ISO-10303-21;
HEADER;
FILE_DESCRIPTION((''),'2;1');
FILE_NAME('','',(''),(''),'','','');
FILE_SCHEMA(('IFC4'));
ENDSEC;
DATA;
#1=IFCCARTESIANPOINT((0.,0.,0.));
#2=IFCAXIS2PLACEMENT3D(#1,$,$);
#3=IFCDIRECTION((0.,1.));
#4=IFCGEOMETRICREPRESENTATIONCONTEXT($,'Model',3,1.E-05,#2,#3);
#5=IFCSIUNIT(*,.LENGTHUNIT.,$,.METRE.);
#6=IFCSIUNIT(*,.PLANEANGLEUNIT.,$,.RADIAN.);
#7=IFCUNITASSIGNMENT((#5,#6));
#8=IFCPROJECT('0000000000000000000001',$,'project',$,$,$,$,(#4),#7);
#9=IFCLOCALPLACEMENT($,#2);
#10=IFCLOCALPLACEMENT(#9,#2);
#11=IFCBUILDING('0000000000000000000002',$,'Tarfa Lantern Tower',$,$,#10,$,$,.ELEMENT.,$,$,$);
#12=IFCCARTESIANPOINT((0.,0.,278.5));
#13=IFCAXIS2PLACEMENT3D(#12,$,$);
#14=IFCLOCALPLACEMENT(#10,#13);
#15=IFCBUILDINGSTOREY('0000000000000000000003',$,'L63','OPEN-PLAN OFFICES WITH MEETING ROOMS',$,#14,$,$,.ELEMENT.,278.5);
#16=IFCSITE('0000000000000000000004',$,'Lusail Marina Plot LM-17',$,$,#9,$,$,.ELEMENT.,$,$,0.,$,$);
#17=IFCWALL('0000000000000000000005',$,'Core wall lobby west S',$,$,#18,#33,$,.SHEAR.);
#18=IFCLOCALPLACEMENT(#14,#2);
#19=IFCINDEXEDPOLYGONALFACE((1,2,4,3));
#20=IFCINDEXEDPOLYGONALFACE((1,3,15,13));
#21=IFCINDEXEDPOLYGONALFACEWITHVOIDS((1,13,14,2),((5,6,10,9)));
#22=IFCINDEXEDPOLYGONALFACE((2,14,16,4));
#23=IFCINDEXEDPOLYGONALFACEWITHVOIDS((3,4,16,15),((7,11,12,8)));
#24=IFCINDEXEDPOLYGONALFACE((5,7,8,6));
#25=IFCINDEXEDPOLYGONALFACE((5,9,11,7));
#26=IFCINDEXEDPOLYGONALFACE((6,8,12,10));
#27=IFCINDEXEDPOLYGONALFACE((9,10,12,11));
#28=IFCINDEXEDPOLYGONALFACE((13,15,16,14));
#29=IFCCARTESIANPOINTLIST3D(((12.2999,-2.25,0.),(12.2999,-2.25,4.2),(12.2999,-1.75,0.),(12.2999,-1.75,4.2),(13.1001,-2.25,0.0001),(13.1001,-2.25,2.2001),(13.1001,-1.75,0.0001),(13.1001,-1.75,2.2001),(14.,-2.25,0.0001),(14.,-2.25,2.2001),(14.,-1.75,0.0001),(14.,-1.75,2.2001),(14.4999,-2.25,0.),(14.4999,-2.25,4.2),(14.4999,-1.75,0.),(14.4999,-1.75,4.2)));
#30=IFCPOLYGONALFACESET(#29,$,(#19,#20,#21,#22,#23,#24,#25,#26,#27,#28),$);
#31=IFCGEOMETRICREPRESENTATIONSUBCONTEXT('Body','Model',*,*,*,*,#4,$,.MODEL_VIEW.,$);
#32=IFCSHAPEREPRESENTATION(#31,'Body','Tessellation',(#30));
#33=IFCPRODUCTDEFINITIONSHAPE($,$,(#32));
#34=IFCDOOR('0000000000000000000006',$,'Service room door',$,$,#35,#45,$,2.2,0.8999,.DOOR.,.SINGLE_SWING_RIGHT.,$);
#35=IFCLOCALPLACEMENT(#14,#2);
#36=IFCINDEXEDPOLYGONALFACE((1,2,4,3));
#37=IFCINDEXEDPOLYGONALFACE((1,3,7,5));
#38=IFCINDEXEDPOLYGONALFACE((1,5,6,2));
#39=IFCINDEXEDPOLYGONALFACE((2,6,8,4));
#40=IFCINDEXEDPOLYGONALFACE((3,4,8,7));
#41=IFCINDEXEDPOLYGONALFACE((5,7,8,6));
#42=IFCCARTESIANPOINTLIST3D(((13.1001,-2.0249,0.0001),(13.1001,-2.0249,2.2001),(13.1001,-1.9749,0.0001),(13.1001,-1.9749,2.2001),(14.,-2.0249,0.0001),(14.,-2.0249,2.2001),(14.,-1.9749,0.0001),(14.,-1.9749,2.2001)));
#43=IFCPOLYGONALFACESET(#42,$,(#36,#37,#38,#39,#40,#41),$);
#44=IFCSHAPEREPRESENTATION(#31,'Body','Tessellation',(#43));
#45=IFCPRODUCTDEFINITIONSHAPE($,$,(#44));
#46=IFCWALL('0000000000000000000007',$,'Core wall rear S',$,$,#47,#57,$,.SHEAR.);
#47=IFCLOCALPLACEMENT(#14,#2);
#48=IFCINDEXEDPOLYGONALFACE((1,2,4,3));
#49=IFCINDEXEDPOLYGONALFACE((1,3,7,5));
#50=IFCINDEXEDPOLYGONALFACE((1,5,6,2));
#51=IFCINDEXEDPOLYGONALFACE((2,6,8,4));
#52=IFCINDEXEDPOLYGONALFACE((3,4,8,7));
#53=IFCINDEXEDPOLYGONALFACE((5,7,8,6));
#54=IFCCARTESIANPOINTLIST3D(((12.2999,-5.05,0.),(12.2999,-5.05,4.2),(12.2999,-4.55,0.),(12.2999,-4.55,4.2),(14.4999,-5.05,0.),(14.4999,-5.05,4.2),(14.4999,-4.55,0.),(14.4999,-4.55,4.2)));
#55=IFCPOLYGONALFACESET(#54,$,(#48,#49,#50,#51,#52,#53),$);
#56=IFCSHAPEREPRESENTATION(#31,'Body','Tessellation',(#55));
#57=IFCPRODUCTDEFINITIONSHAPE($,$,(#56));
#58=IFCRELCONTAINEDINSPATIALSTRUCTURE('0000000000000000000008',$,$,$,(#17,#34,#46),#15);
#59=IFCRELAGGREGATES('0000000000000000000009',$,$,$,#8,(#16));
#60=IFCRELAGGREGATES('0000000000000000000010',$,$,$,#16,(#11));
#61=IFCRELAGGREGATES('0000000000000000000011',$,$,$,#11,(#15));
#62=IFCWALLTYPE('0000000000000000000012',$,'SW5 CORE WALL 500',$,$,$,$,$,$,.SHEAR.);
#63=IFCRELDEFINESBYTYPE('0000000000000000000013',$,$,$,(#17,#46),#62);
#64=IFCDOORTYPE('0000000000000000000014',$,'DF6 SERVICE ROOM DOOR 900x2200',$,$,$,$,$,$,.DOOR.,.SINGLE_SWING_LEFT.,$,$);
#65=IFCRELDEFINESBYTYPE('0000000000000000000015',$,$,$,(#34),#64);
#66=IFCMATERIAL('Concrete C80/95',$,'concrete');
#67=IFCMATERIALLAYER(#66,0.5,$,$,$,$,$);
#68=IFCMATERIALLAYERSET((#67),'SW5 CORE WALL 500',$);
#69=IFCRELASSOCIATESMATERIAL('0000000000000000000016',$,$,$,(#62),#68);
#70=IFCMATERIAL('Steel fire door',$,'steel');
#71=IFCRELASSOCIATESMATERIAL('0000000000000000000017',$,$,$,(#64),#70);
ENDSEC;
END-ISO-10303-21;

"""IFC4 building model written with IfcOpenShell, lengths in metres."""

from ifc_helpers import new_model, si_unit, direction, frame, frame_2d, origin, place, context, subcontext, project, spatial, rectangle, extrude, material, layer, layer_set, type_object, element, fill, save


model = new_model("IFC4")

# Units and contexts
model_context = context("Model", 3, precision=1e-05, world=origin(), true_north=direction((0.0, 1.0)))
body_context = subcontext(model_context, "Body", "Model", "MODEL_VIEW")
ifc_project = project(units=[si_unit("LENGTHUNIT", "METRE"), si_unit("PLANEANGLEUNIT", "RADIAN")], contexts=[model_context])

# Site, building, storey
site_placement = place(None, origin())
site = spatial("IfcSite", under=ifc_project, at=site_placement, Name="Lusail Marina Plot LM-17", CompositionType="ELEMENT", RefElevation=0.0)
building_placement = place(site_placement, origin())
building = spatial("IfcBuilding", under=site, at=building_placement, Name="Tarfa Lantern Tower", CompositionType="ELEMENT")
storey_placement = place(building_placement, frame((0.0, 0.0, 278.5)))
storey = spatial("IfcBuildingStorey", under=building, at=storey_placement, Name="L63", Description="OPEN-PLAN OFFICES WITH MEETING ROOMS", CompositionType="ELEMENT", Elevation=278.5)

# Wall, opening, door
ifc_material_1 = material(Name="Concrete C80/95", Category="concrete")
ifc_material_2 = material(Name="Steel fire door", Category="steel")
ifc_layer_1 = layer(ifc_material_1, 0.5)
ifc_layer_set_1 = layer_set([ifc_layer_1], Name="SW5 CORE WALL 500")
wall_type_1 = type_object("IfcWallType", Name="SW5 CORE WALL 500", PredefinedType="SHEAR", material=ifc_layer_set_1)
wall_1_placement = place(storey_placement, frame((14.5, -2.0, 0.0), z_axis=(0.0, 0.0, 1.0), x_axis=(-1.0, 0.0, 0.0)))
wall_1 = element("IfcWall", 1, at=wall_1_placement, inside=storey, type_object=wall_type_1, Name="Core wall lobby west S", PredefinedType="SHEAR", context=body_context, shape_type="SweptSolid", body=[
    extrude(rectangle(XDim=2.2, YDim=0.5, at=frame_2d((1.1001, 0.0))), origin(), (0.0, 0.0, 1.0), 4.2),
])
opening_1_placement = place(wall_1_placement, frame((0.5, 0.0, 0.0)))
opening_1 = element("IfcOpeningElement", 2, at=opening_1_placement, cuts=wall_1, PredefinedType="OPENING", context=body_context, shape_type="SweptSolid", body=[
    extrude(rectangle(XDim=0.8999, YDim=2.2, at=frame_2d((0.45, 1.1001))), frame((0.0, 0.26, 0.0), z_axis=(0.0, -1.0, 0.0), x_axis=(1.0, 0.0, 0.0)), (0.0, 0.0, 1.0), 0.52),
])
door_type_1 = type_object("IfcDoorType", Name="DF6 SERVICE ROOM DOOR 900x2200", OperationType="SINGLE_SWING_LEFT", PredefinedType="DOOR", material=ifc_material_2)
door_1_placement = place(opening_1_placement, origin())
door_1 = element("IfcDoor", 3, at=door_1_placement, inside=storey, type_object=door_type_1, Name="Service room door", OperationType="SINGLE_SWING_RIGHT", OverallHeight=2.2, OverallWidth=0.8999, PredefinedType="DOOR", context=body_context, shape_type="SweptSolid", body=[
    extrude(rectangle(XDim=0.8999, YDim=2.2, at=frame_2d((0.45, 1.1001))), frame((0.0, 0.0249, 0.0), z_axis=(0.0, -1.0, 0.0), x_axis=(1.0, 0.0, 0.0)), (0.0, 0.0, 1.0), 0.05),
])
fill(opening_1, door_1)

# Wall
wall_2_placement = place(storey_placement, frame((14.5, -4.8, 0.0), z_axis=(0.0, 0.0, 1.0), x_axis=(-1.0, 0.0, 0.0)))
element("IfcWall", 4, at=wall_2_placement, inside=storey, type_object=wall_type_1, Name="Core wall rear S", PredefinedType="SHEAR", context=body_context, shape_type="SweptSolid", body=[
    extrude(rectangle(XDim=2.2, YDim=0.5, at=frame_2d((1.1001, 0.0))), origin(), (0.0, 0.0, 1.0), 4.2),
])

save(model, "model.ifc")
